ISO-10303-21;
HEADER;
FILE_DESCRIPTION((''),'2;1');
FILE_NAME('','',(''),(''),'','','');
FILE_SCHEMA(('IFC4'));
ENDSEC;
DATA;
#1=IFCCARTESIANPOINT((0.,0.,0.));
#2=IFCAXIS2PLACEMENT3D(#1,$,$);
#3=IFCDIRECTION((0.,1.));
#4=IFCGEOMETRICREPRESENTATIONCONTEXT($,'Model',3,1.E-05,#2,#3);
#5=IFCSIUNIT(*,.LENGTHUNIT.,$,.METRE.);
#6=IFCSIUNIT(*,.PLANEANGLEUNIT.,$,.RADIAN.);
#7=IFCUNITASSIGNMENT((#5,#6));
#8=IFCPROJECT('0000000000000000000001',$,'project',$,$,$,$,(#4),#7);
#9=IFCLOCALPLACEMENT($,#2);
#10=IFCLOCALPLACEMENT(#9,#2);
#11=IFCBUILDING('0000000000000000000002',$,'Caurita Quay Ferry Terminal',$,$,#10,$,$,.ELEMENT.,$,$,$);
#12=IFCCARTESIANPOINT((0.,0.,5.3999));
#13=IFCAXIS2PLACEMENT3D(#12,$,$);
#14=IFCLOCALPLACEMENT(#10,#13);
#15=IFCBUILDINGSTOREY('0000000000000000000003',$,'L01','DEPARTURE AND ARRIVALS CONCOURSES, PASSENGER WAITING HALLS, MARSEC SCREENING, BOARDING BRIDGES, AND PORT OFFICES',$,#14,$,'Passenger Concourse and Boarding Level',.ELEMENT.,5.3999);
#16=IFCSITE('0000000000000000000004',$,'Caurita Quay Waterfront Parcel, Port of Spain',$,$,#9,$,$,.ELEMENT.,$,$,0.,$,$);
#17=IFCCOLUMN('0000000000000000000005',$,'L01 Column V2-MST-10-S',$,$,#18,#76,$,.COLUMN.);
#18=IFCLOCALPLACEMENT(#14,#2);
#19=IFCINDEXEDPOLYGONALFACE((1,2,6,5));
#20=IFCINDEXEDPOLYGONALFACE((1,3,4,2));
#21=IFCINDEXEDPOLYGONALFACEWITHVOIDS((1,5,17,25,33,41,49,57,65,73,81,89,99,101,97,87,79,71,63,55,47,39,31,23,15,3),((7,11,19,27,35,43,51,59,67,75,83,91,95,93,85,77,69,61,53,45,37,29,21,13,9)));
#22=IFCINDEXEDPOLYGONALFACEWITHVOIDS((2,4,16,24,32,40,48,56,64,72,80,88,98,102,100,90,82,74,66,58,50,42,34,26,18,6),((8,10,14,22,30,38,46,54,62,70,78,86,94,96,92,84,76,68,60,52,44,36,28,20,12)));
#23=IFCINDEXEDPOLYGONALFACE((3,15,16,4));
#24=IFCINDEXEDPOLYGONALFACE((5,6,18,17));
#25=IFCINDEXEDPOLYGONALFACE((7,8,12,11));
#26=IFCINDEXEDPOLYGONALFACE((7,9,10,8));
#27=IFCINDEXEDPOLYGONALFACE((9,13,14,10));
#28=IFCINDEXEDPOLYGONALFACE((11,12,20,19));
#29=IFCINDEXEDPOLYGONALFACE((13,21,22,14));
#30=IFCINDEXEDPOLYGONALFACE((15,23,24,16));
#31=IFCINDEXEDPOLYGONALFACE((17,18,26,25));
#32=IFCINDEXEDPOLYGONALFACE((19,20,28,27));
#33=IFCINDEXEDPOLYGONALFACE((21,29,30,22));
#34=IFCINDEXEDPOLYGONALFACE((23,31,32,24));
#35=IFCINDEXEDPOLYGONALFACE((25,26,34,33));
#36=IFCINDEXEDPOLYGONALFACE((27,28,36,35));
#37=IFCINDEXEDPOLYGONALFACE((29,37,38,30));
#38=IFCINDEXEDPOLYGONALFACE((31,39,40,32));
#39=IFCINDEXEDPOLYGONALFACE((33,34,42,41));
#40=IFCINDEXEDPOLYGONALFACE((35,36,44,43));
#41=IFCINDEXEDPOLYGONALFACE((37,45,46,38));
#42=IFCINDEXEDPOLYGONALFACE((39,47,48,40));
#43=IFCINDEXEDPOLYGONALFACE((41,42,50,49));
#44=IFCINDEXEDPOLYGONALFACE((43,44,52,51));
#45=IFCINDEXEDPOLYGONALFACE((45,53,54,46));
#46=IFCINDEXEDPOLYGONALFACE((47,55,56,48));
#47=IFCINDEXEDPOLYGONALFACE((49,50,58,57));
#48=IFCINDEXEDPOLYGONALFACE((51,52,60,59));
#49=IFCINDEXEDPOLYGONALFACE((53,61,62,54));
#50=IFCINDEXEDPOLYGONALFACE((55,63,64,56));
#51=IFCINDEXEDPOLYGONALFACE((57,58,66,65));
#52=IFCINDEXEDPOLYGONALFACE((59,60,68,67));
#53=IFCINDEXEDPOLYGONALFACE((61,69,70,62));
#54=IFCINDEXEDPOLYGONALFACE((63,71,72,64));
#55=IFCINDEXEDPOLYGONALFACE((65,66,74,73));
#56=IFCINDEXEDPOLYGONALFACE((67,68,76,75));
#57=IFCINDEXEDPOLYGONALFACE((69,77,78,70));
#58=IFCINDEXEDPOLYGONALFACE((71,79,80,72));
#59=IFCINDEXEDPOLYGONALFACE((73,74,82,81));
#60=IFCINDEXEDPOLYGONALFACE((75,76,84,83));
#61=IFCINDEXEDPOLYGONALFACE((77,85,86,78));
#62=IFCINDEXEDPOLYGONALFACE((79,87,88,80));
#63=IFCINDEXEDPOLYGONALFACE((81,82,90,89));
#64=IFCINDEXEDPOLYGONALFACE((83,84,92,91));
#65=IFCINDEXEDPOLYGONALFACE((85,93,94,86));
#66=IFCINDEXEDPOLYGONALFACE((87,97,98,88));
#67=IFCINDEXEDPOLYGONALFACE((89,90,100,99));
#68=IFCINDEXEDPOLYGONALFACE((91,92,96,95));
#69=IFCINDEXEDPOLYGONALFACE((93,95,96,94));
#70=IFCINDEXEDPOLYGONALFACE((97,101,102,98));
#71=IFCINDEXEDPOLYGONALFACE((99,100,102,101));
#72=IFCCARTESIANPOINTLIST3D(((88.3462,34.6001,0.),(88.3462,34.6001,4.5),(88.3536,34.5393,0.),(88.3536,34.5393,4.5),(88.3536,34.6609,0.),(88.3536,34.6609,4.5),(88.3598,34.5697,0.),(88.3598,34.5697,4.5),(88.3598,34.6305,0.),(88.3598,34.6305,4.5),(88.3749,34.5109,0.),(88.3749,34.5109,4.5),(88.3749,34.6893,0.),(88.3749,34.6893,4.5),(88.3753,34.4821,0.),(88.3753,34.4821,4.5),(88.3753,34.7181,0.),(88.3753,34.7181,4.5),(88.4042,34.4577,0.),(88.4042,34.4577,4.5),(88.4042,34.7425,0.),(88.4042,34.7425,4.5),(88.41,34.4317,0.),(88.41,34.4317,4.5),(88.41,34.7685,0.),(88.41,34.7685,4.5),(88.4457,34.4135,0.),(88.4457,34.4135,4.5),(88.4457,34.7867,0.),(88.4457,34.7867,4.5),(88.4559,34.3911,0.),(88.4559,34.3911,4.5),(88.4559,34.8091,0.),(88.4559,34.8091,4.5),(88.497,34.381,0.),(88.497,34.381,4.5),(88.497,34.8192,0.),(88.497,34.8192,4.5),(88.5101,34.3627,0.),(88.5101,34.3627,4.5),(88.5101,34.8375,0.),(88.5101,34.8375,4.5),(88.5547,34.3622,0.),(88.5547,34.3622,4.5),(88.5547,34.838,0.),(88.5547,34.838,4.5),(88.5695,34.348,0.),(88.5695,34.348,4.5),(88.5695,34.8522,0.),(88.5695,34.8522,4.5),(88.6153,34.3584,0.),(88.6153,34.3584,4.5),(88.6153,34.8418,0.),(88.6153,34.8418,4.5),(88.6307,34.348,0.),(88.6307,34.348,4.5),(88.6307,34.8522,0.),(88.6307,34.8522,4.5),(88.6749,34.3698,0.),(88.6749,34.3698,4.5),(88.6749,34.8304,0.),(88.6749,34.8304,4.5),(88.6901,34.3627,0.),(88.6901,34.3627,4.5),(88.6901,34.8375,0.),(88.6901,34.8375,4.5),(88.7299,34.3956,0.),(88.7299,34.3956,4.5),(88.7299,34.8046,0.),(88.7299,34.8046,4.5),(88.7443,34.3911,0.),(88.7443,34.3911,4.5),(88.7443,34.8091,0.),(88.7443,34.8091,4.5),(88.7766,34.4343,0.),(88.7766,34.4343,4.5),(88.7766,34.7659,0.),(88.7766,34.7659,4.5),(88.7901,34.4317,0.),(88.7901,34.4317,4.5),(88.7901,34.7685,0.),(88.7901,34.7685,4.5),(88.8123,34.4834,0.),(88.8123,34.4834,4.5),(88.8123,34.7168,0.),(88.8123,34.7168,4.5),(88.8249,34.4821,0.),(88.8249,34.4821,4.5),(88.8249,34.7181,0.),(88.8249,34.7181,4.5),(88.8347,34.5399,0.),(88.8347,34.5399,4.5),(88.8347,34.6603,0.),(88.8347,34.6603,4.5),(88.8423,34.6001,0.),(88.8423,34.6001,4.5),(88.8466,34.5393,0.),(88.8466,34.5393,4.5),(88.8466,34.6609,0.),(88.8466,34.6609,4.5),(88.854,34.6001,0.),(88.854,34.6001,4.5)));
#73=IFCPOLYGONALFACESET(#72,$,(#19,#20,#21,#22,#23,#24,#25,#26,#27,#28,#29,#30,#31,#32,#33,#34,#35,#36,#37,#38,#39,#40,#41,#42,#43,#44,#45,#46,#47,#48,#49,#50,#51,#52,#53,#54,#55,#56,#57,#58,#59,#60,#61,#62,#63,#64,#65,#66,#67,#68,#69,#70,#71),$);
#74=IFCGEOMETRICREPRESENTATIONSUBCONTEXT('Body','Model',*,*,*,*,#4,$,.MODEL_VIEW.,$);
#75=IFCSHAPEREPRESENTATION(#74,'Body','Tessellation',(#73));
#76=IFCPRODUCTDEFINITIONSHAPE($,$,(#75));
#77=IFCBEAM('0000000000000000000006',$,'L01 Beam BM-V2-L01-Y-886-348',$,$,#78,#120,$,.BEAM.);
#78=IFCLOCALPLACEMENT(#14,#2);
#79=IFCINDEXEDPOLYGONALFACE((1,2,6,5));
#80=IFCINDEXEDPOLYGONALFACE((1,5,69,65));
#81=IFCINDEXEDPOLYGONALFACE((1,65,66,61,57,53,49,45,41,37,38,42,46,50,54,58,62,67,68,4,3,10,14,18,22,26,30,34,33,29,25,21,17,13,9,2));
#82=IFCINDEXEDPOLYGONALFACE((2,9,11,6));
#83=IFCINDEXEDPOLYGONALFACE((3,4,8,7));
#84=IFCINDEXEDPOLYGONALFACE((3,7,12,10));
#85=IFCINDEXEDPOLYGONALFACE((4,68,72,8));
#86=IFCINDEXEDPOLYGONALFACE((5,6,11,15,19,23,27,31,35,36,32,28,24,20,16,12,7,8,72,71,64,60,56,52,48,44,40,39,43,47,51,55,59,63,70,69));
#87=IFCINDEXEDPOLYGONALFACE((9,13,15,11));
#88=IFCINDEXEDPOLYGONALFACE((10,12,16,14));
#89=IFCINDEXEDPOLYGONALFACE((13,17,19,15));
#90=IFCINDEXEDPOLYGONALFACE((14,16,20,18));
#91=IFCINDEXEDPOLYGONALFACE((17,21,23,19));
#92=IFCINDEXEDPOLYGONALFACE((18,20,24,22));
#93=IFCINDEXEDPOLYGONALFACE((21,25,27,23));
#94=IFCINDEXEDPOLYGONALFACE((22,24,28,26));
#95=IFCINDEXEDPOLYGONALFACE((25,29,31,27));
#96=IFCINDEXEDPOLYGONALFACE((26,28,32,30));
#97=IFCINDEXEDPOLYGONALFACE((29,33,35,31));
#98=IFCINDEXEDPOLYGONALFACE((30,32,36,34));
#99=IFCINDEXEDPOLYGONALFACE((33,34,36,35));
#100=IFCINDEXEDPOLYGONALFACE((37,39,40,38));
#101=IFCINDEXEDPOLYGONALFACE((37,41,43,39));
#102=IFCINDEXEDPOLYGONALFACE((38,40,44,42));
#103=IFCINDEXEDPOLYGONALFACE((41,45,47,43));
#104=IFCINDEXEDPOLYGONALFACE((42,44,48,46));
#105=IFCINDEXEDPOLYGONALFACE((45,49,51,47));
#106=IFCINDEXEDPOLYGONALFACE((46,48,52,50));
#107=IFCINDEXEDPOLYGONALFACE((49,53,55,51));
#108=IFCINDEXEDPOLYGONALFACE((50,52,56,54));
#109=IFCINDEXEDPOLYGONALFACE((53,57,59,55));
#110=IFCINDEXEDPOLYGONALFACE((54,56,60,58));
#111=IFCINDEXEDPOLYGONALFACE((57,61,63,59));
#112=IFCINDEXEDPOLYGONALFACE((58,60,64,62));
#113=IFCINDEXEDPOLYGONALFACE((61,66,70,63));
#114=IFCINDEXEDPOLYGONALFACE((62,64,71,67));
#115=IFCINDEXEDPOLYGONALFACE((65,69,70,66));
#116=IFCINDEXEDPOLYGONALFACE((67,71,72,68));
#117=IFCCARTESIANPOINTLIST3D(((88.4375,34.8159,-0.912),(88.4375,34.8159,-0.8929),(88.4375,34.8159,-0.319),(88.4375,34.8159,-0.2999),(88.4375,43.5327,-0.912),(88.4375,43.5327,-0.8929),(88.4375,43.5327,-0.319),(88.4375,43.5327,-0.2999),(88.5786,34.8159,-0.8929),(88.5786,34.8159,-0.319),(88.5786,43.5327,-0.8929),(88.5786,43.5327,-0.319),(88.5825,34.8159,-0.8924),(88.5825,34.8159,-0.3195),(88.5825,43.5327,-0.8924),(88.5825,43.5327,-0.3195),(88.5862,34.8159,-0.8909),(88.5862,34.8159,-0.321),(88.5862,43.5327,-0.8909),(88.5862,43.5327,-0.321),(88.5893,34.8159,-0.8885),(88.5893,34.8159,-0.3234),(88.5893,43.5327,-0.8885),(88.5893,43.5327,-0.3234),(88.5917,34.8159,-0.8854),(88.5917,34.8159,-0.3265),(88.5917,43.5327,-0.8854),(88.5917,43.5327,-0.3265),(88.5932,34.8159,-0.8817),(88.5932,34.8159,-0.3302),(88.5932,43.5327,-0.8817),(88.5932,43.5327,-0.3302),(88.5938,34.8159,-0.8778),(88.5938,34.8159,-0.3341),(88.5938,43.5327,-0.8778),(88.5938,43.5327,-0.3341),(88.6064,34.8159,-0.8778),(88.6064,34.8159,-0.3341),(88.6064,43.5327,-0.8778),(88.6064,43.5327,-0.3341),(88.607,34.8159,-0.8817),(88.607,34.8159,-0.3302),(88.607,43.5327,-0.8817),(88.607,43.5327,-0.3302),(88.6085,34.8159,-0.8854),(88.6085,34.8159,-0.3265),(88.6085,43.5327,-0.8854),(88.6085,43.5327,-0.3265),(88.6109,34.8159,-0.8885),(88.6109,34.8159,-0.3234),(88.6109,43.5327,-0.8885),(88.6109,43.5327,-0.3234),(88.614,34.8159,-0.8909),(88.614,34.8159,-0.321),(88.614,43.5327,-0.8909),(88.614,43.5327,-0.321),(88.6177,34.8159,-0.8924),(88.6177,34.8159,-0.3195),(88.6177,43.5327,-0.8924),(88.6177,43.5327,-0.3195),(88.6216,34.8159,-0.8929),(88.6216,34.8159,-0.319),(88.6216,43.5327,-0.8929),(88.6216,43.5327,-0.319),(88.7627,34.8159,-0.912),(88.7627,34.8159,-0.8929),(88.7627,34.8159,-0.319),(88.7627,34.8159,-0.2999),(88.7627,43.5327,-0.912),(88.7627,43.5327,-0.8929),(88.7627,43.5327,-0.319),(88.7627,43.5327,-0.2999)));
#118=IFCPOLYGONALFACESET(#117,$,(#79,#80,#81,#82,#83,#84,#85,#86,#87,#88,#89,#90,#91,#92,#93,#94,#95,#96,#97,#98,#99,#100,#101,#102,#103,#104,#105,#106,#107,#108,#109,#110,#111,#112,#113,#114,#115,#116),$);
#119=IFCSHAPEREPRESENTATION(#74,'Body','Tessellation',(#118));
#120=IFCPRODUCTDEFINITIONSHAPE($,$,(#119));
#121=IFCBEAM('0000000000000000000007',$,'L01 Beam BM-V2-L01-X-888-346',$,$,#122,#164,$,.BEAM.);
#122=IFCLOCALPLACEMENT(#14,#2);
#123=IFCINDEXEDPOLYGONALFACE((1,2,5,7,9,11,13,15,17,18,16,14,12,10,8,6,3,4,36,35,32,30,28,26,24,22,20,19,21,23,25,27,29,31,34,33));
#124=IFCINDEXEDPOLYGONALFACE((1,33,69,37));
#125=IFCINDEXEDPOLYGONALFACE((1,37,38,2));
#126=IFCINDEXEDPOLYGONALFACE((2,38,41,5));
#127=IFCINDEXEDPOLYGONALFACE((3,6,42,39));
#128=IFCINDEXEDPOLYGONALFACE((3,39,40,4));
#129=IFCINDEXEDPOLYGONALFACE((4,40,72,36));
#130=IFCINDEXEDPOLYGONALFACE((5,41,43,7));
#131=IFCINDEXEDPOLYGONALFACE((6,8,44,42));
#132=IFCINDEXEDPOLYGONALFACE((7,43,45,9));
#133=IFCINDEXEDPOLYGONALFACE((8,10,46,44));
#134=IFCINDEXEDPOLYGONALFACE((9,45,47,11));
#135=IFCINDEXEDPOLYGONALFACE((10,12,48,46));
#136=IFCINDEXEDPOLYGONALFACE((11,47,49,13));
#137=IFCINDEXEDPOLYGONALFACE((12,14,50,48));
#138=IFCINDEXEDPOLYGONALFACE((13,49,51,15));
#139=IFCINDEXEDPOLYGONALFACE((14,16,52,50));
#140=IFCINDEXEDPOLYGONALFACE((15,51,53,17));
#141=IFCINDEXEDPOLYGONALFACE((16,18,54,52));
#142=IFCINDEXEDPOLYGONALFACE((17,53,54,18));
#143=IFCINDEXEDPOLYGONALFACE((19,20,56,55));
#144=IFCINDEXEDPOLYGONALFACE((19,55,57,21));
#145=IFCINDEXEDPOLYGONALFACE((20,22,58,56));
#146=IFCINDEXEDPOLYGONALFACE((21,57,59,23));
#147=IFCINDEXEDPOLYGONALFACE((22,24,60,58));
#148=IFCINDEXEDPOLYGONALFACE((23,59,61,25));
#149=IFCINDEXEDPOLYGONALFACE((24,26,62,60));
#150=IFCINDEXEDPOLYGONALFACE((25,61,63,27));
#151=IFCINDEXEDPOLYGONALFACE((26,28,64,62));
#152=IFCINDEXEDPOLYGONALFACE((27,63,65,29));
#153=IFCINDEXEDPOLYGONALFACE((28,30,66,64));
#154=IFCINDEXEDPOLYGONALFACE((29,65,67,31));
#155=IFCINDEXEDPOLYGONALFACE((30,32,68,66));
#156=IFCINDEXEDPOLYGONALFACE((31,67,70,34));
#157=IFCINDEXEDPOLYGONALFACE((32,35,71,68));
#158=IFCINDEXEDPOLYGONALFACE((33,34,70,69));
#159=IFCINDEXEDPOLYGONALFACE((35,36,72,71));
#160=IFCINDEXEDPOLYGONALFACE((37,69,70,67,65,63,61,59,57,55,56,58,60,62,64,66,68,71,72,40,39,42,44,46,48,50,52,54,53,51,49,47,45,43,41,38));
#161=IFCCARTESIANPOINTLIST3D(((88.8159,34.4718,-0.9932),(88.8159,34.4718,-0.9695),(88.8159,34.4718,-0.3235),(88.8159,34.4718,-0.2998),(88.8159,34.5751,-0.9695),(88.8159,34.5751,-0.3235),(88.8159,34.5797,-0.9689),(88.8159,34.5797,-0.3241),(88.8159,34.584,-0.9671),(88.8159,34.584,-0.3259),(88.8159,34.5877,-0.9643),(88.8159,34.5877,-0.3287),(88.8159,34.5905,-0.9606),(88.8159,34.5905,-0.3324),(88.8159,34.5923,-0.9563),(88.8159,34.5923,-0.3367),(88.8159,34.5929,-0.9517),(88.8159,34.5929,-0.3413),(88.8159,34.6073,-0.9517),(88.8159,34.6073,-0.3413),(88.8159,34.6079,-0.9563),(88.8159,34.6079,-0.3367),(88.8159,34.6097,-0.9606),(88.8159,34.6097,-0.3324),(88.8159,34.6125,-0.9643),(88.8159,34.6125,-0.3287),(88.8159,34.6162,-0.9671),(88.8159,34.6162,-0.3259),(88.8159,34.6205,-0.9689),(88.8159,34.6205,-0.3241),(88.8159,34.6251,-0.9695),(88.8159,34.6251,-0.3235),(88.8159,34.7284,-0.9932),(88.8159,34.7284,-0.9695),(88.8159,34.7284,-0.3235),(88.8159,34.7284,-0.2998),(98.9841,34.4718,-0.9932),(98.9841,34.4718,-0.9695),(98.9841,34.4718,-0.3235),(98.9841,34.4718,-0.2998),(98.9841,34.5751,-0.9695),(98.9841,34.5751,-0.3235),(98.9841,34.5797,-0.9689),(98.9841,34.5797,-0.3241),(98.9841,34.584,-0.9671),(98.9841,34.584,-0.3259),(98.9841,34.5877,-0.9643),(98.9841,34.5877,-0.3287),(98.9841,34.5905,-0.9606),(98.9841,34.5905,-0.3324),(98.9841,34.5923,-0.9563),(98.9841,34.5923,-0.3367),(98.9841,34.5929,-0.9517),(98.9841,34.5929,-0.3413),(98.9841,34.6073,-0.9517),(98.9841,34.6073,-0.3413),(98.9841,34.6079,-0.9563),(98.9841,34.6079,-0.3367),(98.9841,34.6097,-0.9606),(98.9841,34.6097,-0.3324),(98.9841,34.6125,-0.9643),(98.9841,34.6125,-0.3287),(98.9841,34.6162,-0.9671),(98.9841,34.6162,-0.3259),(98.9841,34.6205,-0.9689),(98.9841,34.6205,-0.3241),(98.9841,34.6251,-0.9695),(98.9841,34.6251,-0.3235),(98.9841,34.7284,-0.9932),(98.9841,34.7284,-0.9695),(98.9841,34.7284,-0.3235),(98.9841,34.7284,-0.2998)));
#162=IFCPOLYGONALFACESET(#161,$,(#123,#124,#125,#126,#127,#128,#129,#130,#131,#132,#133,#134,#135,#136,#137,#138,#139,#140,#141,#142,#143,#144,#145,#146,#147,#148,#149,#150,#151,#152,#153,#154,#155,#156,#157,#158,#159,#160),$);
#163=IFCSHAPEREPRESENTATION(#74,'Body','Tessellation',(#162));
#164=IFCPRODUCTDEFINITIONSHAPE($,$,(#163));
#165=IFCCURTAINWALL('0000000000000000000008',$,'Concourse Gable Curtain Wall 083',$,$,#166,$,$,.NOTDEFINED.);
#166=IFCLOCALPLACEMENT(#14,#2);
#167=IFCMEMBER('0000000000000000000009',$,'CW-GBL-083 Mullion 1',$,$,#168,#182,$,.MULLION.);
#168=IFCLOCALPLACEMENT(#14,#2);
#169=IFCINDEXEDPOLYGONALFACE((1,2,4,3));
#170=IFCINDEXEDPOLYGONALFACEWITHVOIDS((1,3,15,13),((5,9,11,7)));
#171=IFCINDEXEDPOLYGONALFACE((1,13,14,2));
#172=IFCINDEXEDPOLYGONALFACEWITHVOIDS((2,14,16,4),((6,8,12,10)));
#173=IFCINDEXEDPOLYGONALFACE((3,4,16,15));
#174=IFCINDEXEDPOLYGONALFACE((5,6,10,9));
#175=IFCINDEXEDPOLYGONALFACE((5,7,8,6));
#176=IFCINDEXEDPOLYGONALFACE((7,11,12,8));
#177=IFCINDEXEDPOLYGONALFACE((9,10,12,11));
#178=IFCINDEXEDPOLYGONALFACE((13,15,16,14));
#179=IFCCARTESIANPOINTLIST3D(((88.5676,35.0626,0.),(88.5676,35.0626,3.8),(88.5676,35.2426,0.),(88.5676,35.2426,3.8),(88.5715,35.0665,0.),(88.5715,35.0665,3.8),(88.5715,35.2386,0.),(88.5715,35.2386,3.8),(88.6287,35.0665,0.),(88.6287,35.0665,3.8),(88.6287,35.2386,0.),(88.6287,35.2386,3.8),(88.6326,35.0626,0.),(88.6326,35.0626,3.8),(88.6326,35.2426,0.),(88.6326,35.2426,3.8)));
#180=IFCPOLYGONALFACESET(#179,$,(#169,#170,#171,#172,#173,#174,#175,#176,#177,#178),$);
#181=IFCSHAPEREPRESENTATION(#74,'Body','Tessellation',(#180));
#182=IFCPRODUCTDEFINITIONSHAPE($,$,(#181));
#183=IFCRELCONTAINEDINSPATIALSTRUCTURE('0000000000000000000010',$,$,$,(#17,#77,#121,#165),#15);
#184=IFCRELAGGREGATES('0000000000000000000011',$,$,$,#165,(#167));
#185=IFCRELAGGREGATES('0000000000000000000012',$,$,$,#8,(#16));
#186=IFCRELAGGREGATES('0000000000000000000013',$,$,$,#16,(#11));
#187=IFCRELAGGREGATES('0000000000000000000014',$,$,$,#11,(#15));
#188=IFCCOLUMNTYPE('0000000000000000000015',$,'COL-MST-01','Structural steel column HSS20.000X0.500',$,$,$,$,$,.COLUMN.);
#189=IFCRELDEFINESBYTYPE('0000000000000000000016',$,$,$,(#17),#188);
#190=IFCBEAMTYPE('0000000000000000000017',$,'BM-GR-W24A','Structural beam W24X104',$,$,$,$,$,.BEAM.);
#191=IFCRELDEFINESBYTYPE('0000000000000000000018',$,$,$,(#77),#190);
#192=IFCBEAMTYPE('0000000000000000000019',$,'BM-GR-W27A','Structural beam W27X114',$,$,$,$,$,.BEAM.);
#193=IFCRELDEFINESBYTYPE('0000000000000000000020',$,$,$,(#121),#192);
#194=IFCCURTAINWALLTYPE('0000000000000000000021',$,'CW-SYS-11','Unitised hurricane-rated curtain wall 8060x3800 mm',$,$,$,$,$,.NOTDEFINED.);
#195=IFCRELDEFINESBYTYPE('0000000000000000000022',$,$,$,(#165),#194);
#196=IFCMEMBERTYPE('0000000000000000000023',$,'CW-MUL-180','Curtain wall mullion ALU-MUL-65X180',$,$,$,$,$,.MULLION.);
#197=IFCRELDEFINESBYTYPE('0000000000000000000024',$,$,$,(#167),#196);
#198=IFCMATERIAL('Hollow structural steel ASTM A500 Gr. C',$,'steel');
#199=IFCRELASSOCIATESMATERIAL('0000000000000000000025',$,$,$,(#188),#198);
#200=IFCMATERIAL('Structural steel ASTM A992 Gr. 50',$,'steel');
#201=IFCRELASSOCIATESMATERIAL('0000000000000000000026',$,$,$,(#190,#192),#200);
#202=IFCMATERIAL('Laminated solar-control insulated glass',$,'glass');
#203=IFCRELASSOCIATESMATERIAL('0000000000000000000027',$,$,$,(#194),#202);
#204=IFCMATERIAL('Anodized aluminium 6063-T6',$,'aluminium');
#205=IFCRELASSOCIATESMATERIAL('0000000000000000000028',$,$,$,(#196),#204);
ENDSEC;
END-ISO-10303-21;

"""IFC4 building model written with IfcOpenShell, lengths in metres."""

from ifc_helpers import new_model, si_unit, direction, frame, origin, origin_2d, place, context, subcontext, project, spatial, hollow_rectangle, hollow_circle, i_section, extrude, material, material_profile, profile_set, type_object, element, aggregate, save


model = new_model("IFC4")

# Units and contexts
model_context = context("Model", 3, precision=1e-05, world=origin(), true_north=direction((0.0, 1.0)))
body_context = subcontext(model_context, "Body", "Model", "MODEL_VIEW")
ifc_project = project(units=[si_unit("LENGTHUNIT", "METRE"), si_unit("PLANEANGLEUNIT", "RADIAN")], contexts=[model_context])

# Site, building, storey
site_placement = place(None, origin())
site = spatial("IfcSite", under=ifc_project, at=site_placement, Name="Caurita Quay Waterfront Parcel, Port of Spain", CompositionType="ELEMENT", RefElevation=0.0)
building_placement = place(site_placement, origin())
building = spatial("IfcBuilding", under=site, at=building_placement, Name="Caurita Quay Ferry Terminal", CompositionType="ELEMENT")
storey_placement = place(building_placement, frame((0.0, 0.0, 5.3999)))
storey = spatial("IfcBuildingStorey", under=building, at=storey_placement, Name="L01", Description="DEPARTURE AND ARRIVALS CONCOURSES, PASSENGER WAITING HALLS, MARSEC SCREENING, BOARDING BRIDGES, AND PORT OFFICES", LongName="Passenger Concourse and Boarding Level", CompositionType="ELEMENT", Elevation=5.3999)

# Column
ifc_material_1 = material(Name="Hollow structural steel ASTM A500 Gr. C", Category="steel")
ifc_material_profile_1 = material_profile(ifc_material_1, hollow_circle(Radius=0.2539, WallThickness=0.0117, at=origin_2d()), Name="HSS20.000X0.500")
ifc_profile_set_1 = profile_set([ifc_material_profile_1], Name="Hollow structural steel ASTM A500 Gr. C")
column_type = type_object("IfcColumnType", Name="COL-MST-01", Description="Structural steel column HSS20.000X0.500", PredefinedType="COLUMN", material=ifc_profile_set_1)
column_placement = place(storey_placement, frame((88.6001, 34.6001, 0.0), z_axis=(0.0, 0.0, 1.0), x_axis=(1.0, 0.0, 0.0)))
element("IfcColumn", 1, at=column_placement, inside=storey, type_object=column_type, Name="L01 Column V2-MST-10-S", PredefinedType="COLUMN", context=body_context, shape_type="SweptSolid", body=[
    extrude(hollow_circle(Radius=0.2539, WallThickness=0.0117, at=origin_2d()), origin(), (0.0, 0.0, 1.0), 4.5),
])

# Beams
ifc_material_2 = material(Name="Structural steel ASTM A992 Gr. 50", Category="steel")
ifc_material_profile_2 = material_profile(ifc_material_2, i_section(OverallWidth=0.3252, OverallDepth=0.6121, WebThickness=0.0127, FlangeThickness=0.019, FilletRadius=0.0151, at=origin_2d()), Name="W24X104")
ifc_profile_set_2 = profile_set([ifc_material_profile_2], Name="Structural steel ASTM A992 Gr. 50")
beam_type_1 = type_object("IfcBeamType", Name="BM-GR-W24A", Description="Structural beam W24X104", PredefinedType="BEAM", material=ifc_profile_set_2)
beam_1_placement = place(storey_placement, frame((88.6001, 34.8159, -0.606), z_axis=(0.0, 1.0, 0.0), x_axis=(-1.0, 0.0, 0.0)))
element("IfcBeam", 2, at=beam_1_placement, inside=storey, type_object=beam_type_1, Name="L01 Beam BM-V2-L01-Y-886-348", PredefinedType="BEAM", context=body_context, shape_type="SweptSolid", body=[
    extrude(i_section(OverallWidth=0.3252, OverallDepth=0.6121, WebThickness=0.0127, FlangeThickness=0.019, FilletRadius=0.0151, at=origin_2d()), origin(), (0.0, 0.0, 1.0), 8.7168),
])
ifc_material_profile_3 = material_profile(ifc_material_2, i_section(OverallWidth=0.2566, OverallDepth=0.6934, WebThickness=0.0144, FlangeThickness=0.0237, FilletRadius=0.0178, at=origin_2d()), Name="W27X114")
ifc_profile_set_3 = profile_set([ifc_material_profile_3], Name="Structural steel ASTM A992 Gr. 50")
beam_type_2 = type_object("IfcBeamType", Name="BM-GR-W27A", Description="Structural beam W27X114", PredefinedType="BEAM", material=ifc_profile_set_3)
beam_2_placement = place(storey_placement, frame((88.8159, 34.6001, -0.6465), z_axis=(1.0, 0.0, 0.0), x_axis=(0.0, 1.0, 0.0)))
element("IfcBeam", 3, at=beam_2_placement, inside=storey, type_object=beam_type_2, Name="L01 Beam BM-V2-L01-X-888-346", PredefinedType="BEAM", context=body_context, shape_type="SweptSolid", body=[
    extrude(i_section(OverallWidth=0.2566, OverallDepth=0.6934, WebThickness=0.0144, FlangeThickness=0.0237, FilletRadius=0.0178, at=origin_2d()), origin(), (0.0, 0.0, 1.0), 10.1682),
])

# Curtain wall, member
ifc_material_3 = material(Name="Laminated solar-control insulated glass", Category="glass")
curtain_wall_type_1 = type_object("IfcCurtainWallType", Name="CW-SYS-11", Description="Unitised hurricane-rated curtain wall 8060x3800 mm", PredefinedType="NOTDEFINED", material=ifc_material_3)
curtain_wall_1_placement = place(storey_placement, origin())
curtain_wall_1 = element("IfcCurtainWall", 4, at=curtain_wall_1_placement, inside=storey, type_object=curtain_wall_type_1, Name="Concourse Gable Curtain Wall 083", PredefinedType="NOTDEFINED")
ifc_material_4 = material(Name="Anodized aluminium 6063-T6", Category="aluminium")
ifc_material_profile_4 = material_profile(ifc_material_4, hollow_rectangle(XDim=0.0649, YDim=0.1799, WallThickness=0.0039, at=origin_2d()), Name="ALU-MUL-65X180")
ifc_profile_set_4 = profile_set([ifc_material_profile_4], Name="Anodized aluminium 6063-T6")
member_type_1 = type_object("IfcMemberType", Name="CW-MUL-180", Description="Curtain wall mullion ALU-MUL-65X180", PredefinedType="MULLION", material=ifc_profile_set_4)
member_1_placement = place(storey_placement, frame((88.6001, 35.1526, 0.0), z_axis=(0.0, 0.0, 1.0), x_axis=(-1.0, 0.0, 0.0)))
member_1 = element("IfcMember", 5, at=member_1_placement, type_object=member_type_1, Name="CW-GBL-083 Mullion 1", PredefinedType="MULLION", context=body_context, shape_type="SweptSolid", body=[
    extrude(hollow_rectangle(XDim=0.0649, YDim=0.1799, WallThickness=0.0039, at=origin_2d()), origin(), (0.0, 0.0, 1.0), 3.8),
])

aggregate(curtain_wall_1, [member_1])

save(model, "model.ifc")
